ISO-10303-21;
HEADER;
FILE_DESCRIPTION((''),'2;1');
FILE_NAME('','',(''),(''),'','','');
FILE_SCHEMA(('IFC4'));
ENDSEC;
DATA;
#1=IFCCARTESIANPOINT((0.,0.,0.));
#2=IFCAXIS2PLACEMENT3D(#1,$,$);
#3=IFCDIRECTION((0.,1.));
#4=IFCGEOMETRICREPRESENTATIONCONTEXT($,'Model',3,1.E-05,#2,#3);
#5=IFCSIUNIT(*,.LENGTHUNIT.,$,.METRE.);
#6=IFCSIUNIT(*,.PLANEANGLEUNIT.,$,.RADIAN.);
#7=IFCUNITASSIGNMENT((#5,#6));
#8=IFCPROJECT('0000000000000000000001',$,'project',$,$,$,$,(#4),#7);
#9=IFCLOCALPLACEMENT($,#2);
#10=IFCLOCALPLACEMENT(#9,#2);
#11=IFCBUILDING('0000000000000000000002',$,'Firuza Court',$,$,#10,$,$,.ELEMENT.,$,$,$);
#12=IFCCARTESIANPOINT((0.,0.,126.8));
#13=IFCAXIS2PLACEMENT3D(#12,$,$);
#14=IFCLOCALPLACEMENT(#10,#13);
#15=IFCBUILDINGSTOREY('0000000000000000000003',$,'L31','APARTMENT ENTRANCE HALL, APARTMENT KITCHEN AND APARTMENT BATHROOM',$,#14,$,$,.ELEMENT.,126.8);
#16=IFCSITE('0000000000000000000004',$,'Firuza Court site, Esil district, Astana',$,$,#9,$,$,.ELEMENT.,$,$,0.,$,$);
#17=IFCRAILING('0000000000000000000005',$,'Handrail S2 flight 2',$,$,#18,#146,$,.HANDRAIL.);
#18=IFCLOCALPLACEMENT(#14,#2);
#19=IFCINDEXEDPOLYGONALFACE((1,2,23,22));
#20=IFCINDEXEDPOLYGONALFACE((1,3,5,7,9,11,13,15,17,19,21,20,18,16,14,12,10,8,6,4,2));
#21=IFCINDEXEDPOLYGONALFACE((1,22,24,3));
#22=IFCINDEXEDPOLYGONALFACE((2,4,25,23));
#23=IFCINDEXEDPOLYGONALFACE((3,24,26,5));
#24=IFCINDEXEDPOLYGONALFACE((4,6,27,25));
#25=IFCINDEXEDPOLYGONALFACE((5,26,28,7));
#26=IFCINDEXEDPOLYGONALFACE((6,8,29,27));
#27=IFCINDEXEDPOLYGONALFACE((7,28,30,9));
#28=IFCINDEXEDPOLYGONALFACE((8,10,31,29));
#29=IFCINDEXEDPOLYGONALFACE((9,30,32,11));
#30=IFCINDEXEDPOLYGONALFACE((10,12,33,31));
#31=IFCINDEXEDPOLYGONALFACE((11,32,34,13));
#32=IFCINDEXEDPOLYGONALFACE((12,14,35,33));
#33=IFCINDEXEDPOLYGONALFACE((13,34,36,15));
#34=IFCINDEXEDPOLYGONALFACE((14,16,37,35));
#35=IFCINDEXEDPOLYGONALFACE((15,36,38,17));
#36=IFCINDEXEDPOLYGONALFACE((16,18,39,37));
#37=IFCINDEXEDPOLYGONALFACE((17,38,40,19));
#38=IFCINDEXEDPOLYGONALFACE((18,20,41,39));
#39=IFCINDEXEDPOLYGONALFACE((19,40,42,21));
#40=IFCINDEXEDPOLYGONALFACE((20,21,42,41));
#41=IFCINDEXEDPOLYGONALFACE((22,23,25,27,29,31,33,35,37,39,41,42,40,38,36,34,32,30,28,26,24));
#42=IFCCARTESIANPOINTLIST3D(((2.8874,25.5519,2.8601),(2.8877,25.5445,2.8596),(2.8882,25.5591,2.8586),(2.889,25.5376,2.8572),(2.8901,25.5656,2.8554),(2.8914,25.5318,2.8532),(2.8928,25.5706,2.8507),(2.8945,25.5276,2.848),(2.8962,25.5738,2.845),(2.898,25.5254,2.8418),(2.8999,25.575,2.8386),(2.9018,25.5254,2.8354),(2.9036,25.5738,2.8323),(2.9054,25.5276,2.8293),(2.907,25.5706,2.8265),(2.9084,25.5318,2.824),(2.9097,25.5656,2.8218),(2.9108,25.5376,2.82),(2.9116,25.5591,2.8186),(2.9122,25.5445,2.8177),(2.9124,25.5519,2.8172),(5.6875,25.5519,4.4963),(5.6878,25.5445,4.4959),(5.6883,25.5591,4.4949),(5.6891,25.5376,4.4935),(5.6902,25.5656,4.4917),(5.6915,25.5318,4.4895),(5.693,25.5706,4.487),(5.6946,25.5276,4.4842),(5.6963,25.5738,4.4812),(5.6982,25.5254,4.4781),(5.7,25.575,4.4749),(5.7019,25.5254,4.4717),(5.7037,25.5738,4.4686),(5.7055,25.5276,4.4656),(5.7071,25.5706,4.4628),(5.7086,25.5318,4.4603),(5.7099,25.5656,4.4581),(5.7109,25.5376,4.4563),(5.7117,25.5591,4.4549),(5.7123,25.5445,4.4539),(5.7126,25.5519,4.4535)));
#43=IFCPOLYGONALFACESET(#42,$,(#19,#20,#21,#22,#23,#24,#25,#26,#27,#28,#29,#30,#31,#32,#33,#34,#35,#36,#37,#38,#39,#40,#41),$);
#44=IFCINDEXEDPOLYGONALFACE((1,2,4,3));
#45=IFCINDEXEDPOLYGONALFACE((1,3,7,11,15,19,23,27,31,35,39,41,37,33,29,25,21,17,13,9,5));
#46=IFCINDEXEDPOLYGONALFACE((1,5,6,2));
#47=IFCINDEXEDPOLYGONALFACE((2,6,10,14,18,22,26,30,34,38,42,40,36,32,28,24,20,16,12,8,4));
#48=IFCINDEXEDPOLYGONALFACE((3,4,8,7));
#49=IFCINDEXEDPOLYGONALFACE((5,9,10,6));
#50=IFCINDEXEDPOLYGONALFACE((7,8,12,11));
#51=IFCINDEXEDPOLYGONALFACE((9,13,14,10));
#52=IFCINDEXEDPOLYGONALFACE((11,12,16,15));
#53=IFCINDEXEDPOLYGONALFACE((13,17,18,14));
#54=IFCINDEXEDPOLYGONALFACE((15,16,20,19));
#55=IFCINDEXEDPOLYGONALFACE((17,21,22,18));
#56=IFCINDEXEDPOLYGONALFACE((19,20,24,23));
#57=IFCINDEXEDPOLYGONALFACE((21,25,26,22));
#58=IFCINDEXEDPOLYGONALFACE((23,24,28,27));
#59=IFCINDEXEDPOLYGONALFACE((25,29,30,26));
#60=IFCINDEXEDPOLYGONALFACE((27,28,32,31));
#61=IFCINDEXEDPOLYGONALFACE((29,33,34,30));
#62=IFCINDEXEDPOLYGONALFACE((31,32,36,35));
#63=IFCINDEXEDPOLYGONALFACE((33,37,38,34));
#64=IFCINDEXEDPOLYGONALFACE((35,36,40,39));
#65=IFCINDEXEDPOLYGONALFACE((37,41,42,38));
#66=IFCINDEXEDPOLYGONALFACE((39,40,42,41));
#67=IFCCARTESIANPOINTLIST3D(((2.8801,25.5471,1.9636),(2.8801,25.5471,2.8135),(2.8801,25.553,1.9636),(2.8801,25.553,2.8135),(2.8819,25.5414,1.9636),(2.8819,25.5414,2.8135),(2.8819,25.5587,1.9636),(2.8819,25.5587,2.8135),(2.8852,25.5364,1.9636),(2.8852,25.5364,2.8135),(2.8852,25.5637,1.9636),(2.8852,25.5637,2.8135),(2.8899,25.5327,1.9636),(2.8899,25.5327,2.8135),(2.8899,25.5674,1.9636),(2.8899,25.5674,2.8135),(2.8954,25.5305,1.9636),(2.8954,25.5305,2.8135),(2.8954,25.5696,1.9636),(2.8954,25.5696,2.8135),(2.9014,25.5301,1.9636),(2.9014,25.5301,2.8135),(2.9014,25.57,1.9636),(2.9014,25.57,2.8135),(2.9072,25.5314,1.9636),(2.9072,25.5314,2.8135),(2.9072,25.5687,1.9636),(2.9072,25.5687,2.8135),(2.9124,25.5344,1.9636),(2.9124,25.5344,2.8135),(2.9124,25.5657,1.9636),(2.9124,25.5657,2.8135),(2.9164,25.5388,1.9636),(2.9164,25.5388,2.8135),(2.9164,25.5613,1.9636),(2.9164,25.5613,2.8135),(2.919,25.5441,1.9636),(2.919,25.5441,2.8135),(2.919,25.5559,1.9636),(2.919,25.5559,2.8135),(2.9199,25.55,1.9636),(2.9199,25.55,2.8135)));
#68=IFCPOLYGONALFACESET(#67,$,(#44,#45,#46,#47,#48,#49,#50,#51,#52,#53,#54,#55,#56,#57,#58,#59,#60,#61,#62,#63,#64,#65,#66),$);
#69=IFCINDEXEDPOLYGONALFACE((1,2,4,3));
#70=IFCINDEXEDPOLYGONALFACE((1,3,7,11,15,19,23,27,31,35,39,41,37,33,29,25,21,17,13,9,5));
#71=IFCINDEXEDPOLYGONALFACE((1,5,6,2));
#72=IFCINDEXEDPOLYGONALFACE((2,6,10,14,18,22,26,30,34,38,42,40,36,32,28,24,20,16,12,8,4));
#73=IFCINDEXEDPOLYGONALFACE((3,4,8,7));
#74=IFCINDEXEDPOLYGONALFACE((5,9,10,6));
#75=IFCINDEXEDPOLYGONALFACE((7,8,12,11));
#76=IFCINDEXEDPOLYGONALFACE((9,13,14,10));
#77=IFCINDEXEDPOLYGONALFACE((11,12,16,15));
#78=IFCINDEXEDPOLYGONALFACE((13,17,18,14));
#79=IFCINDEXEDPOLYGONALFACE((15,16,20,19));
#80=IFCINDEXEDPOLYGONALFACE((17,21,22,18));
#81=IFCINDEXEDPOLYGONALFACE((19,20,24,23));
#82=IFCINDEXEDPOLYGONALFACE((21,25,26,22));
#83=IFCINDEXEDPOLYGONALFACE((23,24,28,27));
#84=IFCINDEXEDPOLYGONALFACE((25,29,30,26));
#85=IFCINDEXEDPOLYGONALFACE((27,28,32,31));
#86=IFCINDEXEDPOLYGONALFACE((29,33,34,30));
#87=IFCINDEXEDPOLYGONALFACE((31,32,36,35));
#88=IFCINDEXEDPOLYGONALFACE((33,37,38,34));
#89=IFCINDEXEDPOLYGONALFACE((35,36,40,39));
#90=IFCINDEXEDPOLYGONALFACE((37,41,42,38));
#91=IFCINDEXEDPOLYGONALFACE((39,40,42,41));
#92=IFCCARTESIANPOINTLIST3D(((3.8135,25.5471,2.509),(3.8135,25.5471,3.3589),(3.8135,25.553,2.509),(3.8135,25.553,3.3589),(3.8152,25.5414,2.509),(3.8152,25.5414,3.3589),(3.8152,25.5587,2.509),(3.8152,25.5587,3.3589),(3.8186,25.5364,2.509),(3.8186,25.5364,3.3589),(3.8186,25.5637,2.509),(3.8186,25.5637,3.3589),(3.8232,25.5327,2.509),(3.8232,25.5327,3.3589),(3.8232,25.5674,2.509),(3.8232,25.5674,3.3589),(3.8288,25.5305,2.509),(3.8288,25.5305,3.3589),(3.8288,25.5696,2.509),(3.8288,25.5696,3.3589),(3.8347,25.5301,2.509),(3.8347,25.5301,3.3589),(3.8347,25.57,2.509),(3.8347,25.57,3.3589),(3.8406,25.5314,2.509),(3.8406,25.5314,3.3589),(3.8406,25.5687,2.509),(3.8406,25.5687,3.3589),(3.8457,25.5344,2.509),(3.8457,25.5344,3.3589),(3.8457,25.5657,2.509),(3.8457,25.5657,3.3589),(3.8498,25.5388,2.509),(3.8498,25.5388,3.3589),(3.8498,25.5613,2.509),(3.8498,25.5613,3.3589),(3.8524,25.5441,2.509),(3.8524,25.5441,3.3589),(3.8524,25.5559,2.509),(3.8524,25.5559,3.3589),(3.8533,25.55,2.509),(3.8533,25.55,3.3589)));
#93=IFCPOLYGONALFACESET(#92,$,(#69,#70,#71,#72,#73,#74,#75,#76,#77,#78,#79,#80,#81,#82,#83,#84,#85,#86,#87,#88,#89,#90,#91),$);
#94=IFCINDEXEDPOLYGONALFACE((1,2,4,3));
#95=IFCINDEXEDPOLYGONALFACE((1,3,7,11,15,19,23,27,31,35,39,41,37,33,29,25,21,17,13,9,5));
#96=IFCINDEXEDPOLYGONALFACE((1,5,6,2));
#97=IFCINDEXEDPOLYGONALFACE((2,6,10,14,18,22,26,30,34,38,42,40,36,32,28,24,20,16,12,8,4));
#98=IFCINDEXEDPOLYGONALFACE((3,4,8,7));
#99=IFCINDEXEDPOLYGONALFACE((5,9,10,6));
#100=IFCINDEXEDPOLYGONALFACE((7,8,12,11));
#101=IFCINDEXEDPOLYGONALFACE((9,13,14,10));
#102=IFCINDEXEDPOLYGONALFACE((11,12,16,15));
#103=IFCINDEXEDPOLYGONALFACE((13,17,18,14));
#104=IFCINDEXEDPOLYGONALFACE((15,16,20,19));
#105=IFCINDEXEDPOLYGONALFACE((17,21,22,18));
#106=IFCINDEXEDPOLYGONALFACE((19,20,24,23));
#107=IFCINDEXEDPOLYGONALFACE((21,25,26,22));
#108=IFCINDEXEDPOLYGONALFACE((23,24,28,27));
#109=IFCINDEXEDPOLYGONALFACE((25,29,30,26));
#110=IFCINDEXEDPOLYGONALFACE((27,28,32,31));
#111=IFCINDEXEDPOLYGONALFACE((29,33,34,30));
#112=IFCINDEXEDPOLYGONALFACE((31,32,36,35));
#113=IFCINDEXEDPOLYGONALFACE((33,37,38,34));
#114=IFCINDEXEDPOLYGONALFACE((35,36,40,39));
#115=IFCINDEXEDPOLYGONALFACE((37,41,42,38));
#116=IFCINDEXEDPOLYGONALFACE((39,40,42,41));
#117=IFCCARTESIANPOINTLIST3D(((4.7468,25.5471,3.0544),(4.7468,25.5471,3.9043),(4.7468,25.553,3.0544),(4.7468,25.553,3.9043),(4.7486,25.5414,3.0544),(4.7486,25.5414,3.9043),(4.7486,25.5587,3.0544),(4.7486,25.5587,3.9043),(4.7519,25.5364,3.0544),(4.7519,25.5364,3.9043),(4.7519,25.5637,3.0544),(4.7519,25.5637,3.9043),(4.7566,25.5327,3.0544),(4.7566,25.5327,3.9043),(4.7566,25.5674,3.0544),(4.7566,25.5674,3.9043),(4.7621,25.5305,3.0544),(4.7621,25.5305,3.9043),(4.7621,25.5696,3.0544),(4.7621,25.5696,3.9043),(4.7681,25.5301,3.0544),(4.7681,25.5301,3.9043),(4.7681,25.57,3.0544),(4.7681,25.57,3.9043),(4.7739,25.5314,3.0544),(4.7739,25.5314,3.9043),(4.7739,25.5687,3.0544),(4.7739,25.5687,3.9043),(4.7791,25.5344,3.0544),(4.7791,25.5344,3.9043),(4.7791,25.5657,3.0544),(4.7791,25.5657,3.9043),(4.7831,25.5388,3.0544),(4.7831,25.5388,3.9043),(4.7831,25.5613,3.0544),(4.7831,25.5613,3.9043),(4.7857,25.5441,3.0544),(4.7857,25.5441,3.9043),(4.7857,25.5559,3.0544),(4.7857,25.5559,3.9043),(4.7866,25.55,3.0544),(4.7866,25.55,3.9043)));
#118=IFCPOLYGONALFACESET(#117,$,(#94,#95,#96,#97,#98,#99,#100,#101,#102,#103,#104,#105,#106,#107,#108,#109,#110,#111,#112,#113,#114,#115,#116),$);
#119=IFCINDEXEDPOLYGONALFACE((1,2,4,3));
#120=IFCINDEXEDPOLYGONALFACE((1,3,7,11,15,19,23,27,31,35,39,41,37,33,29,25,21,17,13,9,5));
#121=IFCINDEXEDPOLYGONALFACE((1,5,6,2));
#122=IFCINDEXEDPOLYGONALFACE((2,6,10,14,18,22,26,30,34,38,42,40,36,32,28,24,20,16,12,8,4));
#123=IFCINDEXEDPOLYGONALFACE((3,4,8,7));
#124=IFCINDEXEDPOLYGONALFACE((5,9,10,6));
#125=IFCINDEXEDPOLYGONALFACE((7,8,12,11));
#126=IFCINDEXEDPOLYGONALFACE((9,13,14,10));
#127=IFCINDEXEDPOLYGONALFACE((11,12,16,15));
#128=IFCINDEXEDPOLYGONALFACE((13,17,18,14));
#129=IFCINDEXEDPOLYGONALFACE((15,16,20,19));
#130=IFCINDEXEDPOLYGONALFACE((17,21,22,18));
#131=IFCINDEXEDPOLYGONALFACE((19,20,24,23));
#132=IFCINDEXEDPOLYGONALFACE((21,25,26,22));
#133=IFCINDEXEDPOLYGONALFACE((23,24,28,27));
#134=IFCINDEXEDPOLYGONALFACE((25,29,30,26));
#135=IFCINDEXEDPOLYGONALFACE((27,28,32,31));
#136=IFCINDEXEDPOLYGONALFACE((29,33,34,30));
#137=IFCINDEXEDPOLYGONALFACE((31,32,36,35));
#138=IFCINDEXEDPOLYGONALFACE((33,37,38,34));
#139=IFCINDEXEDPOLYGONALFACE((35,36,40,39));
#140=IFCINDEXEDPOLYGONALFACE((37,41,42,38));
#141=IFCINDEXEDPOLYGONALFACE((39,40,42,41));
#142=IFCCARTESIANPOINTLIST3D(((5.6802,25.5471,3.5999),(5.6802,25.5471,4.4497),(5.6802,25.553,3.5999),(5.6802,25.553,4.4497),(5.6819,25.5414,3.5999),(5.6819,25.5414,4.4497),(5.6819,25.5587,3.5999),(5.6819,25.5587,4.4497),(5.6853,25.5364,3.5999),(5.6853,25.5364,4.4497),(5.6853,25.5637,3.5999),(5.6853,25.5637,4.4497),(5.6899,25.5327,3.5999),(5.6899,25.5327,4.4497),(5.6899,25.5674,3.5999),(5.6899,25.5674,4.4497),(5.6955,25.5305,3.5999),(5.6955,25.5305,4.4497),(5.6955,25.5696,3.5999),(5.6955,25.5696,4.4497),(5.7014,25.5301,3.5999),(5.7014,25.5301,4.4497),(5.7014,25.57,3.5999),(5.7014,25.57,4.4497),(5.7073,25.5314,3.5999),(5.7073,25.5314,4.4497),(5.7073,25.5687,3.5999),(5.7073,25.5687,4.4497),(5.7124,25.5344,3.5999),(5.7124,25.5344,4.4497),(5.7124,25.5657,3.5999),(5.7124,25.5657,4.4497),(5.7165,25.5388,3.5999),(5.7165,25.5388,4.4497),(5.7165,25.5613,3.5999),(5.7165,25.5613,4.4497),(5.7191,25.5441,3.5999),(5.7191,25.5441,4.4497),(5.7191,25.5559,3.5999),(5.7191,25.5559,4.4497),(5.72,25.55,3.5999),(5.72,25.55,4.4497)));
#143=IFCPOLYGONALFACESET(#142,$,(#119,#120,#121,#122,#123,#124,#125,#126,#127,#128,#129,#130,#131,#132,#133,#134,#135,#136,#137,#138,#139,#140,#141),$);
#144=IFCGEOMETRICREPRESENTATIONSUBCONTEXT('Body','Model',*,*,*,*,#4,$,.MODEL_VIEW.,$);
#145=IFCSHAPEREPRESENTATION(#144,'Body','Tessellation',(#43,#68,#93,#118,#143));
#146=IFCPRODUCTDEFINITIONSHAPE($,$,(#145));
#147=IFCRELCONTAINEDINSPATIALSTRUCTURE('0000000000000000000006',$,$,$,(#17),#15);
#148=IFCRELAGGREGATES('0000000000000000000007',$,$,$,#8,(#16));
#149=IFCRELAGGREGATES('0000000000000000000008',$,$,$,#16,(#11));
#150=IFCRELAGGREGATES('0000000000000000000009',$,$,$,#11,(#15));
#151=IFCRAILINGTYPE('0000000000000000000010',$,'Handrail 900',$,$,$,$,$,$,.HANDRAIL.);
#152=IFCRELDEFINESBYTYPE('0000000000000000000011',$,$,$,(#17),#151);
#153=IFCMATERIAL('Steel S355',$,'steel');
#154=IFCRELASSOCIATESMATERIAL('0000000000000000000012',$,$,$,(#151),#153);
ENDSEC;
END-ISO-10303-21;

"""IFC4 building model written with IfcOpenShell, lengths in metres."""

from ifc_helpers import new_model, si_unit, direction, frame, origin, origin_2d, place, context, subcontext, project, spatial, circle, extrude, material, type_object, element, save


model = new_model("IFC4")

# Units and contexts
model_context = context("Model", 3, precision=1e-05, world=origin(), true_north=direction((0.0, 1.0)))
body_context = subcontext(model_context, "Body", "Model", "MODEL_VIEW")
ifc_project = project(units=[si_unit("LENGTHUNIT", "METRE"), si_unit("PLANEANGLEUNIT", "RADIAN")], contexts=[model_context])

# Site, building, storey
site_placement = place(None, origin())
site = spatial("IfcSite", under=ifc_project, at=site_placement, Name="Firuza Court site, Esil district, Astana", CompositionType="ELEMENT", RefElevation=0.0)
building_placement = place(site_placement, origin())
building = spatial("IfcBuilding", under=site, at=building_placement, Name="Firuza Court", CompositionType="ELEMENT")
storey_placement = place(building_placement, frame((0.0, 0.0, 126.8)))
storey = spatial("IfcBuildingStorey", under=building, at=storey_placement, Name="L31", Description="APARTMENT ENTRANCE HALL, APARTMENT KITCHEN AND APARTMENT BATHROOM", CompositionType="ELEMENT", Elevation=126.8)

# Railing
ifc_material_1 = material(Name="Steel S355", Category="steel")
railing_type = type_object("IfcRailingType", Name="Handrail 900", PredefinedType="HANDRAIL", material=ifc_material_1)
railing_placement = place(storey_placement, frame((2.8999, 25.55, 1.9636)))
element("IfcRailing", 1, at=railing_placement, inside=storey, type_object=railing_type, Name="Handrail S2 flight 2", PredefinedType="HANDRAIL", context=body_context, shape_type="SweptSolid", body=[
    extrude(circle(Radius=0.0249, at=origin_2d()), frame((0.0, 0.0, 0.875), z_axis=(0.863394, 0.0, 0.504531), x_axis=(0.0, 1.0, 0.0)), (0.0, 0.0, 1.0), 3.2432),
    extrude(circle(Radius=0.02, at=origin_2d()), origin(), (0.0, 0.0, 1.0), 0.8499),
    extrude(circle(Radius=0.02, at=origin_2d()), frame((0.9333, 0.0, 0.5454)), (0.0, 0.0, 1.0), 0.8499),
    extrude(circle(Radius=0.02, at=origin_2d()), frame((1.8667, 0.0, 1.0908)), (0.0, 0.0, 1.0), 0.8499),
    extrude(circle(Radius=0.02, at=origin_2d()), frame((2.8, 0.0, 1.6362)), (0.0, 0.0, 1.0), 0.8499),
])

save(model, "model.ifc")
